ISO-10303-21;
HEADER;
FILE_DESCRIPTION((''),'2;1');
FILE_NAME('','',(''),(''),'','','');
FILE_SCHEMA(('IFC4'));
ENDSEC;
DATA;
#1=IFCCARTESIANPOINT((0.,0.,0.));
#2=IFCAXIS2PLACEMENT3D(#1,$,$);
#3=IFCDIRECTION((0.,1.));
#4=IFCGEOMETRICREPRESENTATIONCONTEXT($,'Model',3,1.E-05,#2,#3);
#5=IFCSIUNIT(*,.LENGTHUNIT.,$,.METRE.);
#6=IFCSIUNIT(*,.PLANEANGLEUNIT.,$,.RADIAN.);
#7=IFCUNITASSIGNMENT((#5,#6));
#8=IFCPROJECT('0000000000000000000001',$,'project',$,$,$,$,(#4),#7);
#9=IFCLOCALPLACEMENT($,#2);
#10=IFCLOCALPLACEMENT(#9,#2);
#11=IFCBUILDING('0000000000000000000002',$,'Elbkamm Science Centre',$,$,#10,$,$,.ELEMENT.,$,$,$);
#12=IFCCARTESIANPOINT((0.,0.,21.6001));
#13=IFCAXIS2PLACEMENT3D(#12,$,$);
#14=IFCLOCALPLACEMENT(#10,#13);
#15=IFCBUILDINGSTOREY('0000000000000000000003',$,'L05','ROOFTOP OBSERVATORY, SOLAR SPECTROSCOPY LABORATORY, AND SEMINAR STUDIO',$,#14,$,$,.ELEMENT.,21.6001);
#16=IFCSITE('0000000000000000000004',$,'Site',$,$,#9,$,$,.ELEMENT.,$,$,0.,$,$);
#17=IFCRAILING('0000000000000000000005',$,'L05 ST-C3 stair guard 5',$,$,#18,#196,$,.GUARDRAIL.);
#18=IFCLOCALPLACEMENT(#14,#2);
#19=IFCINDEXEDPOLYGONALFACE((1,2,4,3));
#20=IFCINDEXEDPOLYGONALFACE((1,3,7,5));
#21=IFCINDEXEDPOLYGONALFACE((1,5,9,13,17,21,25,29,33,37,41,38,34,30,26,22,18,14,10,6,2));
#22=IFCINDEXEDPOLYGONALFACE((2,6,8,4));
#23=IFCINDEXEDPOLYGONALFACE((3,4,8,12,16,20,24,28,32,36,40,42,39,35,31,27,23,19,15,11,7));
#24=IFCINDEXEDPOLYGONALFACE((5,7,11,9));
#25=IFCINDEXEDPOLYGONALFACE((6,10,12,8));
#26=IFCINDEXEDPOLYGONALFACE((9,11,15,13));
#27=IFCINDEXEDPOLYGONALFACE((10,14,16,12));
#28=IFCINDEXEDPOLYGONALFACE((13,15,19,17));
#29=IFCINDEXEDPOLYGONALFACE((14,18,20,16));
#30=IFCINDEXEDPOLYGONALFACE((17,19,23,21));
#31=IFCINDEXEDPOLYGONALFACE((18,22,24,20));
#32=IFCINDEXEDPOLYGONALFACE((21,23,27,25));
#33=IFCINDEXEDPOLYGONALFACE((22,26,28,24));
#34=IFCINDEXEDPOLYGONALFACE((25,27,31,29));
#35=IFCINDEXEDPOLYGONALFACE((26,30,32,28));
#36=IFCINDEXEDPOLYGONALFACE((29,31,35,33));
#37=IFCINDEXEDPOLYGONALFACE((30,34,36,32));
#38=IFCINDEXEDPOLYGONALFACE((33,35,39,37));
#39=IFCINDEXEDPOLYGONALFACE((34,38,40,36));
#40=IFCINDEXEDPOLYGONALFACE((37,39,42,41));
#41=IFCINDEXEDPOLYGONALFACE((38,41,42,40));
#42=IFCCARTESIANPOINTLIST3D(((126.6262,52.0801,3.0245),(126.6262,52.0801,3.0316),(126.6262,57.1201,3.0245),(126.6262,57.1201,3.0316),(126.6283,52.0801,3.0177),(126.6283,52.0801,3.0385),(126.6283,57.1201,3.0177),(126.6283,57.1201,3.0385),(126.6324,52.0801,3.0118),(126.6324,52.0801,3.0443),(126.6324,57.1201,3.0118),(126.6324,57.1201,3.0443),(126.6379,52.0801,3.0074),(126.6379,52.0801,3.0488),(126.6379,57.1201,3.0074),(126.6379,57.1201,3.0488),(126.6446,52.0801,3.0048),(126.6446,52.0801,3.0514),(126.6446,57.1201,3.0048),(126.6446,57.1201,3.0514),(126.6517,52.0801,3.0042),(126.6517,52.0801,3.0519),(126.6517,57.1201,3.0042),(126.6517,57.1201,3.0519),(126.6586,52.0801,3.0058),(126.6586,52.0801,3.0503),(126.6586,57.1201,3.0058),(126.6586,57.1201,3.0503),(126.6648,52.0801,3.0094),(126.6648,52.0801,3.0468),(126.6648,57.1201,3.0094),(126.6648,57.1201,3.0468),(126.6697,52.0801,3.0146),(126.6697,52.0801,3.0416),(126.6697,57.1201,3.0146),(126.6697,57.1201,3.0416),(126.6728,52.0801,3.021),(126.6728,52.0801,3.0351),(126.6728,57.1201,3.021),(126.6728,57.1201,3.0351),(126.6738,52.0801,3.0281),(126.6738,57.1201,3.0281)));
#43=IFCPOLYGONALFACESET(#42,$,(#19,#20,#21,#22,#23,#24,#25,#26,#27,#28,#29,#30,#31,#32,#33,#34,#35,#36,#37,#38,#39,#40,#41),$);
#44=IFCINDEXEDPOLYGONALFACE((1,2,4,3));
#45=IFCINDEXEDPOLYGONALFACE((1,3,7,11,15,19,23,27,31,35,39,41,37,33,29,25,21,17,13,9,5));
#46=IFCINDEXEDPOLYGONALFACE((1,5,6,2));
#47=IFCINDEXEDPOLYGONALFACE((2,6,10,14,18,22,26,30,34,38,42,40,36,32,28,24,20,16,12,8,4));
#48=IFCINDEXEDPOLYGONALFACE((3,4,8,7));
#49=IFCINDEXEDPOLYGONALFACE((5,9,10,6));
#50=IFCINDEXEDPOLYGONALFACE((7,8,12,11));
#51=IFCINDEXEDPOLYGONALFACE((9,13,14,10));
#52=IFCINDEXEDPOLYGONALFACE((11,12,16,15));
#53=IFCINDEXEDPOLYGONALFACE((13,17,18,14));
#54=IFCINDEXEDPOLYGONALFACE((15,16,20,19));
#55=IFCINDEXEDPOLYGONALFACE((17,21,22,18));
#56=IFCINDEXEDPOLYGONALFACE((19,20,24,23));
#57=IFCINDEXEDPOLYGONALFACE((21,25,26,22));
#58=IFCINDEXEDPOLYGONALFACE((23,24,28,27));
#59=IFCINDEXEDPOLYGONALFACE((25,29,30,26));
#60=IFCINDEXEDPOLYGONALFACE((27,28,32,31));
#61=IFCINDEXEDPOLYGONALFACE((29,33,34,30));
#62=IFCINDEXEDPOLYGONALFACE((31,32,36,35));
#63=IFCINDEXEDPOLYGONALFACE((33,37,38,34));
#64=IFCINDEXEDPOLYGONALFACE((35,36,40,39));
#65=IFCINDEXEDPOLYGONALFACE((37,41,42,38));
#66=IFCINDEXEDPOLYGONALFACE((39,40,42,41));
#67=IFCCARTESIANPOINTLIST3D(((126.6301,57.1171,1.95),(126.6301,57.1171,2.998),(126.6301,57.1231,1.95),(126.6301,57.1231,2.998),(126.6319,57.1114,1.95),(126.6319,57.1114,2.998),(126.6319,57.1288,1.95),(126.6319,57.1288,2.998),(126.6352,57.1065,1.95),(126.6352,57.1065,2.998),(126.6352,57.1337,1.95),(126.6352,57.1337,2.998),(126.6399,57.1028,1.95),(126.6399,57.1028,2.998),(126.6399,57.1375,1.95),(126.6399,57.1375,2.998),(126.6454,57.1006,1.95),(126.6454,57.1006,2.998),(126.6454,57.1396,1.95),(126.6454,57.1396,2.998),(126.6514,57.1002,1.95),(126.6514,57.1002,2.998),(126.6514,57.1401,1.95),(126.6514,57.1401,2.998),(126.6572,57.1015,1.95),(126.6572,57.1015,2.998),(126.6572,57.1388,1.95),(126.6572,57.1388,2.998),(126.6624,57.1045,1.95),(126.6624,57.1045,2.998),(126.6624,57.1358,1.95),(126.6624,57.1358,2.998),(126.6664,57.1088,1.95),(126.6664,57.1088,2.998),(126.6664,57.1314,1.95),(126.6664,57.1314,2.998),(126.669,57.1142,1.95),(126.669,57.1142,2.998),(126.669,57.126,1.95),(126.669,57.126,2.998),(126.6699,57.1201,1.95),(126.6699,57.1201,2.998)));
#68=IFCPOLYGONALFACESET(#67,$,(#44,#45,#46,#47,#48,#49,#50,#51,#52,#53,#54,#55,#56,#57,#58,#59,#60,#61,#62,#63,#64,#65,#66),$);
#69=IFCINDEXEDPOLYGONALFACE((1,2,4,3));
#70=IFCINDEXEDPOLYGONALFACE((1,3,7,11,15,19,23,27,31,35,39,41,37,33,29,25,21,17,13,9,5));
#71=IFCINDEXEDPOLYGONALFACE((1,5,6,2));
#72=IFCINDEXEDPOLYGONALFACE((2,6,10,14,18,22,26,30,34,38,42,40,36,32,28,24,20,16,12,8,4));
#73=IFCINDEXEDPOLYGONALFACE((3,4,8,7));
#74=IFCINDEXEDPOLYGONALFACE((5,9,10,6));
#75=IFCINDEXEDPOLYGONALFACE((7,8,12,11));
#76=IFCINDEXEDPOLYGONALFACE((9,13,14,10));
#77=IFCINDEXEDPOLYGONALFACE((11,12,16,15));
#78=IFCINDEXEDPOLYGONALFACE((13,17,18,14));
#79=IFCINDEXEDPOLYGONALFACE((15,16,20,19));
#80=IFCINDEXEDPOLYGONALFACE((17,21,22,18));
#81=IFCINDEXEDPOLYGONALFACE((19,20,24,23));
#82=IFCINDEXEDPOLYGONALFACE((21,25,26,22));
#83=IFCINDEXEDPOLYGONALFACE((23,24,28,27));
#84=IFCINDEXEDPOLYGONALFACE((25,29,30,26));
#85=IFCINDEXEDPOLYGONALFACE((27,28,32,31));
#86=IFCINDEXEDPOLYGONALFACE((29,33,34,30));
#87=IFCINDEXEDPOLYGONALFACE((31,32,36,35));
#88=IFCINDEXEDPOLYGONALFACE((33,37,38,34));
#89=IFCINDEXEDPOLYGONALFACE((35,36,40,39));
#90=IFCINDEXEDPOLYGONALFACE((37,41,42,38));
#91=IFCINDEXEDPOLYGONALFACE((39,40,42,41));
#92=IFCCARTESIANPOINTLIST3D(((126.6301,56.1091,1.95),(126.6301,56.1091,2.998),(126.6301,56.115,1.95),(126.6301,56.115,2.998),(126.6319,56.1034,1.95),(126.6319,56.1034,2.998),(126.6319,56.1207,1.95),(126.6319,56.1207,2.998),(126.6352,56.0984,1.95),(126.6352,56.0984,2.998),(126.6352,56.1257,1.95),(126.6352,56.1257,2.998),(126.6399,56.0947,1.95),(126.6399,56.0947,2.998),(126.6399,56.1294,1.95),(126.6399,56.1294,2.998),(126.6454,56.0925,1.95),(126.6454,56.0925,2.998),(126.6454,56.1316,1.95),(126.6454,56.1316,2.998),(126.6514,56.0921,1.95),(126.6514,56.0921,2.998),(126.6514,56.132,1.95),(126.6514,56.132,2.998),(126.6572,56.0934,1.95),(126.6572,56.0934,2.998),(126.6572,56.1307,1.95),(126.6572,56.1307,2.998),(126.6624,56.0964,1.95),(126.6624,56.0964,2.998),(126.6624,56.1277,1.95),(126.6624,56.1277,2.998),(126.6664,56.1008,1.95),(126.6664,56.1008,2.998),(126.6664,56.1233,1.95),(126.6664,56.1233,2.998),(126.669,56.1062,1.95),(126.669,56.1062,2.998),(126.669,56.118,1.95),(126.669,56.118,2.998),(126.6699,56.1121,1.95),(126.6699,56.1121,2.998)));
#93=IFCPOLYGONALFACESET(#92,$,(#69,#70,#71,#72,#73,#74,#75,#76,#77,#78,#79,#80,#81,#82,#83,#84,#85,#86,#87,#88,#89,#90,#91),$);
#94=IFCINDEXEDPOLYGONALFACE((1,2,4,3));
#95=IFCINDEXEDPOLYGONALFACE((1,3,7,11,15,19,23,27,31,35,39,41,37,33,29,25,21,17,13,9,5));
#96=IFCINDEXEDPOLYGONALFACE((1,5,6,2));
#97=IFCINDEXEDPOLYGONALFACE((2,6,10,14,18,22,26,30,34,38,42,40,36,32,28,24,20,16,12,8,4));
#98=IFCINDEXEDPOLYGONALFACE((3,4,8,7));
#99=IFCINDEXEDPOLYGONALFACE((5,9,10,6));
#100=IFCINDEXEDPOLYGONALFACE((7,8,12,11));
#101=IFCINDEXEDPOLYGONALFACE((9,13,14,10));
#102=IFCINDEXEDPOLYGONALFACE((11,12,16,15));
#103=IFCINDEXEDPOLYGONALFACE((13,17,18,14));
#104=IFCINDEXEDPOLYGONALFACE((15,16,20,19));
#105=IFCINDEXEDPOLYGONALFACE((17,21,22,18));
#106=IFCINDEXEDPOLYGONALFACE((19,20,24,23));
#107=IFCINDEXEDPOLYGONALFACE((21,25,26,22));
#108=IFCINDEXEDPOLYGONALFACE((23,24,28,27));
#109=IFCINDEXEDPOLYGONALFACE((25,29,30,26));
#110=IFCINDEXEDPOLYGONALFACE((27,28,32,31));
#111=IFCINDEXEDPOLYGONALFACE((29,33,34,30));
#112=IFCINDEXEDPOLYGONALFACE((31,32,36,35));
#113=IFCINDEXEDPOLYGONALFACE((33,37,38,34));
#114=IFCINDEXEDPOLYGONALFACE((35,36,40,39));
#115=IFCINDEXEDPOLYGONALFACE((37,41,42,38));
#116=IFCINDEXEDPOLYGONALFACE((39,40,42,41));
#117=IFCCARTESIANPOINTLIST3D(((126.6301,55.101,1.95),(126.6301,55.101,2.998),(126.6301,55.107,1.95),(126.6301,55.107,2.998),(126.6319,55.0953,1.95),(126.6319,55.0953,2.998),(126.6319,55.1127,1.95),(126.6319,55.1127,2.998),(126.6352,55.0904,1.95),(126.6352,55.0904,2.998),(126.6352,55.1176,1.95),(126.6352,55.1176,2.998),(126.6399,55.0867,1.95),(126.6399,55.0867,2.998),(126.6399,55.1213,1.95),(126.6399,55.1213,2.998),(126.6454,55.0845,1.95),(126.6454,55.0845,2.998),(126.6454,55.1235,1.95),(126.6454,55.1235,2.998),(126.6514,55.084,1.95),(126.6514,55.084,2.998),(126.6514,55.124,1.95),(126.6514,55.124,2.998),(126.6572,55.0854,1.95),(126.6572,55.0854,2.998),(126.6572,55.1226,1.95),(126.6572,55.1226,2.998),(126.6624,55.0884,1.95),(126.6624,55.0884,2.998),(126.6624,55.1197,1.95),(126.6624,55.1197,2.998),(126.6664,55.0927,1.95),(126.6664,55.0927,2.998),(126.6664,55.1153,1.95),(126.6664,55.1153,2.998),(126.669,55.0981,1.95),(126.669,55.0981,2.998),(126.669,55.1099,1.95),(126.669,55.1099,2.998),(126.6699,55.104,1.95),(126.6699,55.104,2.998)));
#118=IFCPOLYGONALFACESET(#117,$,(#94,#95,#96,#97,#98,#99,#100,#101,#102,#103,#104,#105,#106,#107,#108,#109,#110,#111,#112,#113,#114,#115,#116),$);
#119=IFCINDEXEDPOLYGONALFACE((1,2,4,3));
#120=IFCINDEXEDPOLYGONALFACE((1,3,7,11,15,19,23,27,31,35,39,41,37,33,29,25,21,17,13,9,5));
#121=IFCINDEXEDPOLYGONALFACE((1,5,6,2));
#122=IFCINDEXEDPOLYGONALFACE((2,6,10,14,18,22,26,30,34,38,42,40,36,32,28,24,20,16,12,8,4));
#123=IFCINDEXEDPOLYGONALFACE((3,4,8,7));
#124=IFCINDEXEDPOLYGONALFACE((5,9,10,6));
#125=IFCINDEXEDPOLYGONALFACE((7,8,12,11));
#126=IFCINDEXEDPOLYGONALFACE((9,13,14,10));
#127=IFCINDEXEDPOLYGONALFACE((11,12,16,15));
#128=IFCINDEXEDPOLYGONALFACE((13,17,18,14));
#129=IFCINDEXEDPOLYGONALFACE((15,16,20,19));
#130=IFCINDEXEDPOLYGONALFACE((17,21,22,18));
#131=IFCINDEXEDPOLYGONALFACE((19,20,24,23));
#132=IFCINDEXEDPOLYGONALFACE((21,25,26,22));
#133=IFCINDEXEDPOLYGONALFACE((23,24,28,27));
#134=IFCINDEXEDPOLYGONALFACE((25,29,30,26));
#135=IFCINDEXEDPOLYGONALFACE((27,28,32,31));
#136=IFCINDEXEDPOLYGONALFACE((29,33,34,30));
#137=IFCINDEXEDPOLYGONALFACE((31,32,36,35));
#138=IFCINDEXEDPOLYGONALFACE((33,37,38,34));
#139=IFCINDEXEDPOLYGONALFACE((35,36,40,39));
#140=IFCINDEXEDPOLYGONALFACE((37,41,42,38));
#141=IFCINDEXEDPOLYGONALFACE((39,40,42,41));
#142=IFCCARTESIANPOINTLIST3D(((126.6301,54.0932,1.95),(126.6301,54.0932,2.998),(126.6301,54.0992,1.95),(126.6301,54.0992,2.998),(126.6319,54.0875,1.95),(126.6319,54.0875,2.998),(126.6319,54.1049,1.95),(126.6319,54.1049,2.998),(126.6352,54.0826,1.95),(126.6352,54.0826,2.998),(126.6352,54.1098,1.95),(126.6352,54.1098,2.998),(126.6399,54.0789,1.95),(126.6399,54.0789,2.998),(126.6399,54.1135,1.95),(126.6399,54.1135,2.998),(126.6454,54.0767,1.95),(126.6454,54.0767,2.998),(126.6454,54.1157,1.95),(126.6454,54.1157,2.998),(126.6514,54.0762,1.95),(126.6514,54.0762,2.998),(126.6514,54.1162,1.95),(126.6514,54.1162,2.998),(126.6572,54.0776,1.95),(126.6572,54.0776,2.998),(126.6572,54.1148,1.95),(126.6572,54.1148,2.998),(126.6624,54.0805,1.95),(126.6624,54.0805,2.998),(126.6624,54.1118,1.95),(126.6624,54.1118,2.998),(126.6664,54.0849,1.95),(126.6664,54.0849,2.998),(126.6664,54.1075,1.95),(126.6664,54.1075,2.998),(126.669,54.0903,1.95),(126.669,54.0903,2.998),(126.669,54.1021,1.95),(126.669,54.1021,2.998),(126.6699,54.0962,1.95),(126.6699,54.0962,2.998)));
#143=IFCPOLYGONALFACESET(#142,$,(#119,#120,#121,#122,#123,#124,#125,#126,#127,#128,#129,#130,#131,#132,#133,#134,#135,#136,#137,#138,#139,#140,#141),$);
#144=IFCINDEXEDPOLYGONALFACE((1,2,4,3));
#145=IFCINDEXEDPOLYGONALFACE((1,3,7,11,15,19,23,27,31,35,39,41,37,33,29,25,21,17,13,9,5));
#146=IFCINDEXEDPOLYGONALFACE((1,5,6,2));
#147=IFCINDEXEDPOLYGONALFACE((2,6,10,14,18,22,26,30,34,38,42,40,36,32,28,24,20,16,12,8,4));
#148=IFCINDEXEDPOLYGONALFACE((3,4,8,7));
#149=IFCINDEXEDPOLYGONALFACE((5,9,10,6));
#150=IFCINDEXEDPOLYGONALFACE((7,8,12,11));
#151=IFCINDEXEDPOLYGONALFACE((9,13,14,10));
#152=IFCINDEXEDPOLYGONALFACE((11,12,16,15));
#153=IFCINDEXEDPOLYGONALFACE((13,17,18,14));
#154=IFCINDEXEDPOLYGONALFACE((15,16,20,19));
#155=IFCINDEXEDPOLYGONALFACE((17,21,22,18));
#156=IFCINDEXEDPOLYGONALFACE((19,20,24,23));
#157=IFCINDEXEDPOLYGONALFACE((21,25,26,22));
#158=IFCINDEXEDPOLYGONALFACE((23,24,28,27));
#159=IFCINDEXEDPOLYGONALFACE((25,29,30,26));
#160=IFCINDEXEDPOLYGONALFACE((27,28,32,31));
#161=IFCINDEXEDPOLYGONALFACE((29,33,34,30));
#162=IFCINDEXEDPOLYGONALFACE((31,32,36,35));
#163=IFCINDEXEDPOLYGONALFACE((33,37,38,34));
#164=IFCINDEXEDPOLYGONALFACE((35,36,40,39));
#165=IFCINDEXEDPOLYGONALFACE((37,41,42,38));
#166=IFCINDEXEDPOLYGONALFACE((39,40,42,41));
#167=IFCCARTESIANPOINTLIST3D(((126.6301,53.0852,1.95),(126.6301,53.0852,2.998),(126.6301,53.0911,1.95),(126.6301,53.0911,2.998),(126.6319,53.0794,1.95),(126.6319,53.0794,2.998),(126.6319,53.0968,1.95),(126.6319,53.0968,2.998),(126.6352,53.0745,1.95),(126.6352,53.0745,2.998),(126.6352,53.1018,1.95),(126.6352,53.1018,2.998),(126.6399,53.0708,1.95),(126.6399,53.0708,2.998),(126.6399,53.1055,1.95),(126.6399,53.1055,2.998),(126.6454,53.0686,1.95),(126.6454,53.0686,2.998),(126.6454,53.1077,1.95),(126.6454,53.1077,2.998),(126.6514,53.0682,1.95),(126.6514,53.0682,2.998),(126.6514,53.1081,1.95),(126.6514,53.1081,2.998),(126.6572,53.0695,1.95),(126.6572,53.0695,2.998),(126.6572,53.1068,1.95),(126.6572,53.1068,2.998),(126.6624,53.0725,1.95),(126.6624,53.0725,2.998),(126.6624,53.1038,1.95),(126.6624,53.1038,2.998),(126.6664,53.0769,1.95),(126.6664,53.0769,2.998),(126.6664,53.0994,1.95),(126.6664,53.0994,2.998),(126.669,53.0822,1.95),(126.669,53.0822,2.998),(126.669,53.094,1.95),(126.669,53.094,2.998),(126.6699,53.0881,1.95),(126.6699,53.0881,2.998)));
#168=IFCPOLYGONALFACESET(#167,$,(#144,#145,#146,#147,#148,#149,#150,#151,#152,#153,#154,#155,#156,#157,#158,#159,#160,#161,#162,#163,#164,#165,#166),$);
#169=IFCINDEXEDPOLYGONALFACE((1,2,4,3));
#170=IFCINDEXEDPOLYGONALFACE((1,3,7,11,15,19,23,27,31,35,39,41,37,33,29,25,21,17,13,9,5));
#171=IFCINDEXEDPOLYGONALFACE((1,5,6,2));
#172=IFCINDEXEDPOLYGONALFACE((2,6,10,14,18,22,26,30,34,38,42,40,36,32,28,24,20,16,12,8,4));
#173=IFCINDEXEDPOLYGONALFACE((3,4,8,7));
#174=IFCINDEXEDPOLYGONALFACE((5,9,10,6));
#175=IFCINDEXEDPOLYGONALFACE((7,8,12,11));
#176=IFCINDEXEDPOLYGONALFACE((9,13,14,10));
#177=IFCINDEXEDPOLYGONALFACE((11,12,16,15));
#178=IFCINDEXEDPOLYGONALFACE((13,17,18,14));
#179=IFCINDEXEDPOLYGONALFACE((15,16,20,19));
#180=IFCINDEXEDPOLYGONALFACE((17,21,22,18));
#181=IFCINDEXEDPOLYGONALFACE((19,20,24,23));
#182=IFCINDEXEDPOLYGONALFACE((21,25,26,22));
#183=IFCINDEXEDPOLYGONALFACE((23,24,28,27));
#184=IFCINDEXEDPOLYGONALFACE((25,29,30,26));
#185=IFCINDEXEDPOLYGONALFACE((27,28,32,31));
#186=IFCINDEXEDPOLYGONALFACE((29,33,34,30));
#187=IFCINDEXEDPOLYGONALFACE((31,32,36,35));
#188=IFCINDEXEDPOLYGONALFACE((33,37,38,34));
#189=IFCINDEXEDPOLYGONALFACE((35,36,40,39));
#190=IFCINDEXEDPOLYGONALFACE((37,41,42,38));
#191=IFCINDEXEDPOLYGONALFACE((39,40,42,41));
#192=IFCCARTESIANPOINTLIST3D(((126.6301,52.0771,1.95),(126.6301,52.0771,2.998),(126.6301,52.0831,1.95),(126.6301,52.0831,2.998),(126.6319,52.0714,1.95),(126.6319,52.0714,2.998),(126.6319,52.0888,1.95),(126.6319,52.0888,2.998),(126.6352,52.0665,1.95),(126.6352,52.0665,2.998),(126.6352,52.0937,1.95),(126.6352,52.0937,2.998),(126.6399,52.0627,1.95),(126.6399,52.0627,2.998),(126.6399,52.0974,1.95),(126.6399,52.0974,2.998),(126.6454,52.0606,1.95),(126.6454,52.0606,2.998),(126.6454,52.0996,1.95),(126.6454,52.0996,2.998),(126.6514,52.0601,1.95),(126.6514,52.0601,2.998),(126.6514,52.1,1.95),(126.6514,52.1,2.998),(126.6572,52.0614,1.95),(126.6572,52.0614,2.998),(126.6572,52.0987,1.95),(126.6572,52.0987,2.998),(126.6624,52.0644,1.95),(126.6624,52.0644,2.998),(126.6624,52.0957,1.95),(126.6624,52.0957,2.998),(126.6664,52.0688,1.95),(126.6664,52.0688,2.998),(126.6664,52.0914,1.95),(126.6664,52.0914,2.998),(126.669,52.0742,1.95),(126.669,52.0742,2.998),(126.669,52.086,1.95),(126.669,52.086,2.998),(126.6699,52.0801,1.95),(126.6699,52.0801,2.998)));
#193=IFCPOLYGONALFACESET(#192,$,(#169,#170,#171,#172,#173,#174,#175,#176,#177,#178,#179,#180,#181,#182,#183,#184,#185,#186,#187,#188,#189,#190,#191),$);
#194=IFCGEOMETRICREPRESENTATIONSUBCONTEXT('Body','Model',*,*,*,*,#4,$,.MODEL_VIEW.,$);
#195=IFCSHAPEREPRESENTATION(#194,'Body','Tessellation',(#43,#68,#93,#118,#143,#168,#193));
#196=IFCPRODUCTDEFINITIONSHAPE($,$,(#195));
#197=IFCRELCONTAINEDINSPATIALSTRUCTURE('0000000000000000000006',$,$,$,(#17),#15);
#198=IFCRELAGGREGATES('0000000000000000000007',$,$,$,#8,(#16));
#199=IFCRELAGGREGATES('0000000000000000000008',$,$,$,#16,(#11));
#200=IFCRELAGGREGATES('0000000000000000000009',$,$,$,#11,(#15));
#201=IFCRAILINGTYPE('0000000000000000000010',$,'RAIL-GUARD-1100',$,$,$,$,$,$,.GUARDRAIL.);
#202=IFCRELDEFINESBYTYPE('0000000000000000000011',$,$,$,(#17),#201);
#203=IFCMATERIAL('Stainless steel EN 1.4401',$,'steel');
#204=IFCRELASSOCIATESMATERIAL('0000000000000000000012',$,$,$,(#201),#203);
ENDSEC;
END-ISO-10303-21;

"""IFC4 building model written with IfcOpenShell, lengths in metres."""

from ifc_helpers import new_model, si_unit, direction, frame, origin, origin_2d, place, context, subcontext, project, spatial, circle, extrude, material, type_object, element, save


model = new_model("IFC4")

# Units and contexts
model_context = context("Model", 3, precision=1e-05, world=origin(), true_north=direction((0.0, 1.0)))
body_context = subcontext(model_context, "Body", "Model", "MODEL_VIEW")
ifc_project = project(units=[si_unit("LENGTHUNIT", "METRE"), si_unit("PLANEANGLEUNIT", "RADIAN")], contexts=[model_context])

# Site, building, storey
site_placement = place(None, origin())
site = spatial("IfcSite", under=ifc_project, at=site_placement, Name="Site", CompositionType="ELEMENT", RefElevation=0.0)
building_placement = place(site_placement, origin())
building = spatial("IfcBuilding", under=site, at=building_placement, Name="Elbkamm Science Centre", CompositionType="ELEMENT")
storey_placement = place(building_placement, frame((0.0, 0.0, 21.6001)))
storey = spatial("IfcBuildingStorey", under=building, at=storey_placement, Name="L05", Description="ROOFTOP OBSERVATORY, SOLAR SPECTROSCOPY LABORATORY, AND SEMINAR STUDIO", CompositionType="ELEMENT", Elevation=21.6001)

# Railing
ifc_material_1 = material(Name="Stainless steel EN 1.4401", Category="steel")
railing_type_1 = type_object("IfcRailingType", Name="RAIL-GUARD-1100", PredefinedType="GUARDRAIL", material=ifc_material_1)
railing_1_placement = place(storey_placement, frame((126.6499, 57.1201, 1.95)))
element("IfcRailing", 1, at=railing_1_placement, inside=storey, type_object=railing_type_1, Name="L05 ST-C3 stair guard 5", PredefinedType="GUARDRAIL", context=body_context, shape_type="SweptSolid", body=[
    extrude(circle(Radius=0.0239, at=origin_2d()), frame((0.0, 0.0, 1.0781), z_axis=(0.0, -1.0, 0.0), x_axis=(1.0, 0.0, 0.0)), (0.0, 0.0, 1.0), 5.04),
    extrude(circle(Radius=0.02, at=origin_2d()), origin(), (0.0, 0.0, 1.0), 1.0481),
    extrude(circle(Radius=0.02, at=origin_2d()), frame((0.0, -1.0081, 0.0)), (0.0, 0.0, 1.0), 1.0481),
    extrude(circle(Radius=0.02, at=origin_2d()), frame((0.0, -2.0161, 0.0)), (0.0, 0.0, 1.0), 1.0481),
    extrude(circle(Radius=0.02, at=origin_2d()), frame((0.0, -3.0239, 0.0)), (0.0, 0.0, 1.0), 1.0481),
    extrude(circle(Radius=0.02, at=origin_2d()), frame((0.0, -4.032, 0.0)), (0.0, 0.0, 1.0), 1.0481),
    extrude(circle(Radius=0.02, at=origin_2d()), frame((0.0, -5.04, 0.0)), (0.0, 0.0, 1.0), 1.0481),
])

save(model, "model.ifc")
